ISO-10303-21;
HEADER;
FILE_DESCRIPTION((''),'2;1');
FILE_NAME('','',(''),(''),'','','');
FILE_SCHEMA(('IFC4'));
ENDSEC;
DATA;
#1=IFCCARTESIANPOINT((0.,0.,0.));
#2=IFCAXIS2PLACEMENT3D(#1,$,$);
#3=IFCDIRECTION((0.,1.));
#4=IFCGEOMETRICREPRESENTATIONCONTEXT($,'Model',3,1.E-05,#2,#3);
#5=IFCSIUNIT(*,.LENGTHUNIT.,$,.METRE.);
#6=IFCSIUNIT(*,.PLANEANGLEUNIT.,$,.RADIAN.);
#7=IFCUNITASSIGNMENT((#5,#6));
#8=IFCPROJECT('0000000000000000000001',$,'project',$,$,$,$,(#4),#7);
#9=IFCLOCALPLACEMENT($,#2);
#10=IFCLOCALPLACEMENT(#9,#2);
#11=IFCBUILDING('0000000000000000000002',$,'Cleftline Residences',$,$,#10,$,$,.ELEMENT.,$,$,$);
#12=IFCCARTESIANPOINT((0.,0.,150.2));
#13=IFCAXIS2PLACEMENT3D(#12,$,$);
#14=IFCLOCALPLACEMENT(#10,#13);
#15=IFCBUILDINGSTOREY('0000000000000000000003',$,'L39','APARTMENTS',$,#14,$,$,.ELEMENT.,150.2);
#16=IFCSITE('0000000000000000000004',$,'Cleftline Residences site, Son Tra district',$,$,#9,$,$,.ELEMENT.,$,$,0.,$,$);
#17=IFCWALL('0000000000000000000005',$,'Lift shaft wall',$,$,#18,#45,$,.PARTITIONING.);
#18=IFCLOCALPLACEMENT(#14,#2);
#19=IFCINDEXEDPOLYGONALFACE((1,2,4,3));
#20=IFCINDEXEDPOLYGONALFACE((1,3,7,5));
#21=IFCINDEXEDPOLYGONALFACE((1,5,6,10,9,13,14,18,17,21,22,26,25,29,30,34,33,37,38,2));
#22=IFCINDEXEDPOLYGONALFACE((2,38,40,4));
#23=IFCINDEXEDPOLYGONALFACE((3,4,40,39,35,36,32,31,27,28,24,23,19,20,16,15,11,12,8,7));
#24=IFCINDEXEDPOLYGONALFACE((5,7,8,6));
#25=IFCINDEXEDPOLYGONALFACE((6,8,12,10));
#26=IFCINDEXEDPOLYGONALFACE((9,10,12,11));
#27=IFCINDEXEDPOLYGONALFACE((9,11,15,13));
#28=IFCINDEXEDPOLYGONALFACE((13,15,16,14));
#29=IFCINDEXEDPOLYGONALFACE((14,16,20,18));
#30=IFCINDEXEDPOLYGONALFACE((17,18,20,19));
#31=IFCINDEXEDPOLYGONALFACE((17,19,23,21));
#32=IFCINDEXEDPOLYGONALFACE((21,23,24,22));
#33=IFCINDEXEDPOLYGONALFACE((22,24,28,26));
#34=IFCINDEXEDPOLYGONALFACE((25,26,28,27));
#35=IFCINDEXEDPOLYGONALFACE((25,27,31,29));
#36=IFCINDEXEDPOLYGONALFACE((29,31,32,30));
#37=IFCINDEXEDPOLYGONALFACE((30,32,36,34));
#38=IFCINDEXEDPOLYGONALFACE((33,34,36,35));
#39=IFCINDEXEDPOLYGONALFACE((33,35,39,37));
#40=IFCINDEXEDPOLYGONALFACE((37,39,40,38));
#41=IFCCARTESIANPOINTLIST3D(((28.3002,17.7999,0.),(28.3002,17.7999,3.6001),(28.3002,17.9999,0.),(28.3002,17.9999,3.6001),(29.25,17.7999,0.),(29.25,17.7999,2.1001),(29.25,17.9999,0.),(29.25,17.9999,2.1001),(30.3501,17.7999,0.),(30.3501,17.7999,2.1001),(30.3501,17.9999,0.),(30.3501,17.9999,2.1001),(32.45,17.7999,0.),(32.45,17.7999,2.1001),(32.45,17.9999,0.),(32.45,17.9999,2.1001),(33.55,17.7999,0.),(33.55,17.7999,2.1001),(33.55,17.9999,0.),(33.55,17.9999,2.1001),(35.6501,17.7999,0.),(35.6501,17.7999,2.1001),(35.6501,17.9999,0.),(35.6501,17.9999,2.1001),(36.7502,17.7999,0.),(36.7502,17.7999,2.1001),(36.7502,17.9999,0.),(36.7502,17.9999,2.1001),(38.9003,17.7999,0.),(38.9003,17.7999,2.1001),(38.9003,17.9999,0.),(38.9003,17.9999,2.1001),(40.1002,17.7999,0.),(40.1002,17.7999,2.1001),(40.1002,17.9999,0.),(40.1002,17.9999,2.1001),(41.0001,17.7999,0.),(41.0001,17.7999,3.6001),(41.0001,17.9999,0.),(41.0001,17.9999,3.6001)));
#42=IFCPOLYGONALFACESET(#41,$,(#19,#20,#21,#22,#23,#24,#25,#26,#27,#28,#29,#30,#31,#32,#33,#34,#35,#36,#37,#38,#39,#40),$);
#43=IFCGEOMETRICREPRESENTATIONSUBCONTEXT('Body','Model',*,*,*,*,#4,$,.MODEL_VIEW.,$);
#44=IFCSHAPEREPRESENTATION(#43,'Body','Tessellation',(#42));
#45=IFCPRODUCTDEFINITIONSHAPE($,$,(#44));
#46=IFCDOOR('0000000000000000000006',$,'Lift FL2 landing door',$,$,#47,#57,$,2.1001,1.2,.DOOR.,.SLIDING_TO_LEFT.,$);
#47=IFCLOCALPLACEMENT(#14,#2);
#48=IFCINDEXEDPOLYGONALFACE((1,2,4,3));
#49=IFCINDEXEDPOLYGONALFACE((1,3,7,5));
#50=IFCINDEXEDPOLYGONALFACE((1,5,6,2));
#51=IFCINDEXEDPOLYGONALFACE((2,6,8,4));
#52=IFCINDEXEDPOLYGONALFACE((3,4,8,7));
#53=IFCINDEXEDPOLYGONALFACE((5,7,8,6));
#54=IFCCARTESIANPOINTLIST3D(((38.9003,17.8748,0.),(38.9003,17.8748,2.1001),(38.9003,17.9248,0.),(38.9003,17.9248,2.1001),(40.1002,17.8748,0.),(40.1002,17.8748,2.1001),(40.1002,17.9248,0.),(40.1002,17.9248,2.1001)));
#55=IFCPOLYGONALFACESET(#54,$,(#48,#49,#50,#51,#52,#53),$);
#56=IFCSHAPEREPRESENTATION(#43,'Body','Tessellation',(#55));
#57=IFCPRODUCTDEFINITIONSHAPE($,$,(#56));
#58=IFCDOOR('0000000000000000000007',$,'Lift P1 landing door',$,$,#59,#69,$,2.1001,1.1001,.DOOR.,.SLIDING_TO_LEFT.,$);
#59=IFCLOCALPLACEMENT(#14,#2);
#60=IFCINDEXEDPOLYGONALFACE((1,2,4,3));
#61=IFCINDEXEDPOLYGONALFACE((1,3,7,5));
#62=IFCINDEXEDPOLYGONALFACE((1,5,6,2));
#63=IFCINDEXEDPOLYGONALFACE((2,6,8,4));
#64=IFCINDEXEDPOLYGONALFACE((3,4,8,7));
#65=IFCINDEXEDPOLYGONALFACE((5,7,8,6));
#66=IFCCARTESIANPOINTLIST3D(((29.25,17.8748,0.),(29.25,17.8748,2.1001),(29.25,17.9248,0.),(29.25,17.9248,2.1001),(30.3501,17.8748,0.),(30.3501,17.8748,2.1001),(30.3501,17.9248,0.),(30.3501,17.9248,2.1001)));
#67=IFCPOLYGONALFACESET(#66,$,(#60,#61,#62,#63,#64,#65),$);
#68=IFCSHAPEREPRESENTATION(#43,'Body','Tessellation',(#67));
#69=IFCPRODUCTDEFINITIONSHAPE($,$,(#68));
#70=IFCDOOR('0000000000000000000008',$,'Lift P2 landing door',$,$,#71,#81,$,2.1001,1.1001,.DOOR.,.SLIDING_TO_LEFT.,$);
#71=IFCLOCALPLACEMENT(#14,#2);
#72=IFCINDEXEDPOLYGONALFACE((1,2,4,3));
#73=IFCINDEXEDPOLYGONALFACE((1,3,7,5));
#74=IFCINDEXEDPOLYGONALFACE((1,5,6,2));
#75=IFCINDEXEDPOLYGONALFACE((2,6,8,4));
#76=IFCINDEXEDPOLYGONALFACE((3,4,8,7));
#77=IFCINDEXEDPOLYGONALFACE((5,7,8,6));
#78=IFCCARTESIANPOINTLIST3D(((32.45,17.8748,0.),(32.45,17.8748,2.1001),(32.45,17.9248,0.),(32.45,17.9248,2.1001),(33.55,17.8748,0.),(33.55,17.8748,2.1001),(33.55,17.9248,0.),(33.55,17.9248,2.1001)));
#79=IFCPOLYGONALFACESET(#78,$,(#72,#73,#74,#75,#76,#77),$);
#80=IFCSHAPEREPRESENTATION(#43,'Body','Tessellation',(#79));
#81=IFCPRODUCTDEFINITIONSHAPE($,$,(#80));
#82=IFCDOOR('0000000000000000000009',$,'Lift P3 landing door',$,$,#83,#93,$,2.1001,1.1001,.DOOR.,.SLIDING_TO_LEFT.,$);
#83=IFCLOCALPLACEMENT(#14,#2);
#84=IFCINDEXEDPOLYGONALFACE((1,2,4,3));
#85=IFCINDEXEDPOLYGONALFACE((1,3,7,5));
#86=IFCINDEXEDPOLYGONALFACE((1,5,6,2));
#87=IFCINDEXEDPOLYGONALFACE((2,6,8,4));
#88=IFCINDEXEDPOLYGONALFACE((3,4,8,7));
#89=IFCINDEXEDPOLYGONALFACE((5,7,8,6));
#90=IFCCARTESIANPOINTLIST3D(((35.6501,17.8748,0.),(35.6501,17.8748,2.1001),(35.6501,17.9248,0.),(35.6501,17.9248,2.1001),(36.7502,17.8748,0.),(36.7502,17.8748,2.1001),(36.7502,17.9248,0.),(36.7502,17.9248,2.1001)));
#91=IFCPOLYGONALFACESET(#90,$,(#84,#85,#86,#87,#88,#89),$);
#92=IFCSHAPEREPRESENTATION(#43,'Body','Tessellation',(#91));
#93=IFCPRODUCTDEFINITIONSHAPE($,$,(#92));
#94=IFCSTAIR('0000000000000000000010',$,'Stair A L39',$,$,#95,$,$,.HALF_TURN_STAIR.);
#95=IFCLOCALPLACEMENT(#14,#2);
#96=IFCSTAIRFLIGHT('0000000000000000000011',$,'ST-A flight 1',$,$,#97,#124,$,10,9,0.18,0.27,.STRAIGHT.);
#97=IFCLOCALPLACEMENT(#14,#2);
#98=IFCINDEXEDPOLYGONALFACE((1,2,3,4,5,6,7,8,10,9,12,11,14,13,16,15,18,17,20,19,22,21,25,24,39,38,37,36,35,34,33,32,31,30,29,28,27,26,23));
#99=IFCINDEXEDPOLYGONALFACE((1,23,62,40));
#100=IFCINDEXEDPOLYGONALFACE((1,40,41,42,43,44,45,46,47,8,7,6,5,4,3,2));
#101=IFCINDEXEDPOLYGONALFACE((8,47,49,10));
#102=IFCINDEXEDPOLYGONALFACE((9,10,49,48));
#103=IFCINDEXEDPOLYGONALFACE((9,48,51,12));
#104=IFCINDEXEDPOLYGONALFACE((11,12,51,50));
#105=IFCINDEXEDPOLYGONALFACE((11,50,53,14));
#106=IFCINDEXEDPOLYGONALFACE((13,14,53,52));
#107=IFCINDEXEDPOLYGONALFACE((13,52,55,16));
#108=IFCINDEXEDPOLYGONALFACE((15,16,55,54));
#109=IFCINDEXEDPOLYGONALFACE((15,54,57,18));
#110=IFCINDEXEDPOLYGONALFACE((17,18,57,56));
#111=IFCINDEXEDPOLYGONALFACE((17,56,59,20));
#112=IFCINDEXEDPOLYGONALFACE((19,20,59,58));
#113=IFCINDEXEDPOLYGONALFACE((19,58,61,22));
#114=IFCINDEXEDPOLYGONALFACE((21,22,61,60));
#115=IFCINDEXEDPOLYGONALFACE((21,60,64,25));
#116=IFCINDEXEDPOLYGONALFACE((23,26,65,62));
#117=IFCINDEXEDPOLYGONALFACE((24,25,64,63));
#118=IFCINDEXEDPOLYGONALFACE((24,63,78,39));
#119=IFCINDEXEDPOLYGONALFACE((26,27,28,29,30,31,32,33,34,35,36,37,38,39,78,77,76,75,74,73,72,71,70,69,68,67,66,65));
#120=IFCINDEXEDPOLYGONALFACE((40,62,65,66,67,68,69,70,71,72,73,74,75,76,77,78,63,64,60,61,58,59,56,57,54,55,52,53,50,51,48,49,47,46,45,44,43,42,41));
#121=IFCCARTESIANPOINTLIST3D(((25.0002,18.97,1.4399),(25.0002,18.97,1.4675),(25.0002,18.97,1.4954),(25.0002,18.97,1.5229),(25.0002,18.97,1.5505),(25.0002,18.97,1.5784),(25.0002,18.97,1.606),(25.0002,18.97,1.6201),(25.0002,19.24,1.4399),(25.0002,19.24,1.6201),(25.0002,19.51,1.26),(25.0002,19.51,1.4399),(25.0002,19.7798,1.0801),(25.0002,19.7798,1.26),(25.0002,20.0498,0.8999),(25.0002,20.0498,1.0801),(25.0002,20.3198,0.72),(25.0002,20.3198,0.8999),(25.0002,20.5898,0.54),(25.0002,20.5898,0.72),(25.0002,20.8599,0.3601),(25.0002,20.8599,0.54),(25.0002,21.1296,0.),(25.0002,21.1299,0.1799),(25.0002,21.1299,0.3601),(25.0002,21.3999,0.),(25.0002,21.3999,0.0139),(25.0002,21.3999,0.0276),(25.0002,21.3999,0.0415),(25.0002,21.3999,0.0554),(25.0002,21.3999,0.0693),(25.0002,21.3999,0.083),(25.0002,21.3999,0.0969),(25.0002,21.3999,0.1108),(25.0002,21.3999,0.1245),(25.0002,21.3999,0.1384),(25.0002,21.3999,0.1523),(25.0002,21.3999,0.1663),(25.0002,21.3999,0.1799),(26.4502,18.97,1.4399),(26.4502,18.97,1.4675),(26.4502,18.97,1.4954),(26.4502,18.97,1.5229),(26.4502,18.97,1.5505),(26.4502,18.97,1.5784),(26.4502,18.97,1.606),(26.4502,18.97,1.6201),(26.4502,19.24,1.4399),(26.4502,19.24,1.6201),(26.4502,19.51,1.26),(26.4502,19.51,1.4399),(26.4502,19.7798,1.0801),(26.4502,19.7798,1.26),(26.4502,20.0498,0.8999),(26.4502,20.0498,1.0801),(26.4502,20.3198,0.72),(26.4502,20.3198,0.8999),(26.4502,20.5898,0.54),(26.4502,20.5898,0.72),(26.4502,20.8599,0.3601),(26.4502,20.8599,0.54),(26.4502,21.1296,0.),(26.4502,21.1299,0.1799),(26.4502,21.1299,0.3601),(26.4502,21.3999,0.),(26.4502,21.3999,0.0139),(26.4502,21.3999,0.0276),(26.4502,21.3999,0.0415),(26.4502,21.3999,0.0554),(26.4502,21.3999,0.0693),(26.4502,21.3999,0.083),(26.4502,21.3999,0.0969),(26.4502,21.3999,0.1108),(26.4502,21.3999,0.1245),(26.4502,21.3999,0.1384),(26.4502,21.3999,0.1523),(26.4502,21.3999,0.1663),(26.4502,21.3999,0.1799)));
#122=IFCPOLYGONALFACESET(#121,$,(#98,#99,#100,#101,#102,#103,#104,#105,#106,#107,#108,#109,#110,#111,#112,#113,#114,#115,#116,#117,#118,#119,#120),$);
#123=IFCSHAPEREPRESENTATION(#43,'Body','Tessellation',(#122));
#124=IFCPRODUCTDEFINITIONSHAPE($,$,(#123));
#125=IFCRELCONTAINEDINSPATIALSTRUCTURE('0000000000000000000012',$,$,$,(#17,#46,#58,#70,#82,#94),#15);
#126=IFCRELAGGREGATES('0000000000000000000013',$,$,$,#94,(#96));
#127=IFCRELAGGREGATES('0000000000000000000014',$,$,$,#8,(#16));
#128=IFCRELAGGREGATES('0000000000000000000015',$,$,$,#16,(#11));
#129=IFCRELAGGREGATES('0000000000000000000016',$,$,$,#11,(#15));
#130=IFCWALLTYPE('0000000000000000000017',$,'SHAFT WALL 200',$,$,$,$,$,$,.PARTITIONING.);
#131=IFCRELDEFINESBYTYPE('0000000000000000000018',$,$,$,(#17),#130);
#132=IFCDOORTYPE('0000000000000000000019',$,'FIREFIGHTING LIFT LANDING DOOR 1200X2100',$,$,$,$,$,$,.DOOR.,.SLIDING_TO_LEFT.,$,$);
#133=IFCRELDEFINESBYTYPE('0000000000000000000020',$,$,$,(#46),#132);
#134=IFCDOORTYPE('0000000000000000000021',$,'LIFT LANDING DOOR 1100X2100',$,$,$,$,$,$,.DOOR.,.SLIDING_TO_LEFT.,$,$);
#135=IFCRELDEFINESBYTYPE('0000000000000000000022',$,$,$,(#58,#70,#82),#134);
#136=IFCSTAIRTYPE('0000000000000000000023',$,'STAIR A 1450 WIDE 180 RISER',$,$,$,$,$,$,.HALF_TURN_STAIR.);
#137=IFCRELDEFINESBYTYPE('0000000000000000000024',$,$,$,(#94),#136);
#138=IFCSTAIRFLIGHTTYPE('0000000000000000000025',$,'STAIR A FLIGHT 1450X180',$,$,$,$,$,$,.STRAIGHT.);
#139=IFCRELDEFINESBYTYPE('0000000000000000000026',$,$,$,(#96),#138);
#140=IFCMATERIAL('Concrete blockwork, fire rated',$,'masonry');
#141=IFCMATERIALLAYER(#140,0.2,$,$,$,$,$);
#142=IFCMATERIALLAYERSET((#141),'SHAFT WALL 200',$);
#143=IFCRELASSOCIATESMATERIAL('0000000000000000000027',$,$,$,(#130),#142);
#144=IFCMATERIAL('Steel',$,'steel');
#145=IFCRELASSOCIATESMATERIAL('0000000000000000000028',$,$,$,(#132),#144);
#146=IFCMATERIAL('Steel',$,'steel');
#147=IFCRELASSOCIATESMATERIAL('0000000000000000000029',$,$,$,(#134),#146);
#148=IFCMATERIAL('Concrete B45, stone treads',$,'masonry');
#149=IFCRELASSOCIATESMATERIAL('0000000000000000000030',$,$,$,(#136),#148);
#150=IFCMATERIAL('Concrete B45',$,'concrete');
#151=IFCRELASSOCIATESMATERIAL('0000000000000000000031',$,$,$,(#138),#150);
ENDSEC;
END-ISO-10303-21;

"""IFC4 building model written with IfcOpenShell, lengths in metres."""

from ifc_helpers import new_model, si_unit, direction, frame, frame_2d, origin, place, context, subcontext, project, spatial, polyline, rectangle, outline, extrude, material, layer, layer_set, type_object, element, fill, aggregate, save


model = new_model("IFC4")

# Units and contexts
model_context = context("Model", 3, precision=1e-05, world=origin(), true_north=direction((0.0, 1.0)))
body_context = subcontext(model_context, "Body", "Model", "MODEL_VIEW")
ifc_project = project(units=[si_unit("LENGTHUNIT", "METRE"), si_unit("PLANEANGLEUNIT", "RADIAN")], contexts=[model_context])

# Site, building, storey
site_placement = place(None, origin())
site = spatial("IfcSite", under=ifc_project, at=site_placement, Name="Cleftline Residences site, Son Tra district", CompositionType="ELEMENT", RefElevation=0.0)
building_placement = place(site_placement, origin())
building = spatial("IfcBuilding", under=site, at=building_placement, Name="Cleftline Residences", CompositionType="ELEMENT")
storey_placement = place(building_placement, frame((0.0, 0.0, 150.2)))
storey = spatial("IfcBuildingStorey", under=building, at=storey_placement, Name="L39", Description="APARTMENTS", CompositionType="ELEMENT", Elevation=150.2)

# Wall, openings, doors
ifc_material_1 = material(Name="Concrete blockwork, fire rated", Category="masonry")
ifc_layer_1 = layer(ifc_material_1, 0.2)
ifc_layer_set_1 = layer_set([ifc_layer_1], Name="SHAFT WALL 200")
wall_type_1 = type_object("IfcWallType", Name="SHAFT WALL 200", PredefinedType="PARTITIONING", material=ifc_layer_set_1)
wall_1_placement = place(storey_placement, frame((28.3, 17.8999, 0.0), z_axis=(0.0, 0.0, 1.0), x_axis=(1.0, 0.0, 0.0)))
wall_1 = element("IfcWall", 1, at=wall_1_placement, inside=storey, type_object=wall_type_1, Name="Lift shaft wall", PredefinedType="PARTITIONING", context=body_context, shape_type="SweptSolid", body=[
    extrude(rectangle(XDim=12.7, YDim=0.2, at=frame_2d((6.3501, 0.0))), origin(), (0.0, 0.0, 1.0), 3.6001),
])
opening_1_placement = place(wall_1_placement, frame((0.95, 0.0, 0.0)))
opening_1 = element("IfcOpeningElement", 2, at=opening_1_placement, cuts=wall_1, PredefinedType="OPENING", context=body_context, shape_type="SweptSolid", body=[
    extrude(rectangle(XDim=1.1001, YDim=2.1001, at=frame_2d((0.55, 1.05))), frame((0.0, 0.1099, 0.0), z_axis=(0.0, -1.0, 0.0), x_axis=(1.0, 0.0, 0.0)), (0.0, 0.0, 1.0), 0.22),
])
opening_2_placement = place(wall_1_placement, frame((4.1499, 0.0, 0.0)))
opening_2 = element("IfcOpeningElement", 3, at=opening_2_placement, cuts=wall_1, PredefinedType="OPENING", context=body_context, shape_type="SweptSolid", body=[
    extrude(rectangle(XDim=1.1001, YDim=2.1001, at=frame_2d((0.55, 1.05))), frame((0.0, 0.1099, 0.0), z_axis=(0.0, -1.0, 0.0), x_axis=(1.0, 0.0, 0.0)), (0.0, 0.0, 1.0), 0.22),
])
opening_3_placement = place(wall_1_placement, frame((7.3501, 0.0, 0.0)))
opening_3 = element("IfcOpeningElement", 4, at=opening_3_placement, cuts=wall_1, PredefinedType="OPENING", context=body_context, shape_type="SweptSolid", body=[
    extrude(rectangle(XDim=1.1001, YDim=2.1001, at=frame_2d((0.55, 1.05))), frame((0.0, 0.1099, 0.0), z_axis=(0.0, -1.0, 0.0), x_axis=(1.0, 0.0, 0.0)), (0.0, 0.0, 1.0), 0.22),
])
opening_4_placement = place(wall_1_placement, frame((10.6001, 0.0, 0.0)))
opening_4 = element("IfcOpeningElement", 5, at=opening_4_placement, cuts=wall_1, PredefinedType="OPENING", context=body_context, shape_type="SweptSolid", body=[
    extrude(rectangle(XDim=1.2, YDim=2.1001, at=frame_2d((0.6001, 1.05))), frame((0.0, 0.1099, 0.0), z_axis=(0.0, -1.0, 0.0), x_axis=(1.0, 0.0, 0.0)), (0.0, 0.0, 1.0), 0.22),
])
ifc_material_2 = material(Name="Steel", Category="steel")
door_type_1 = type_object("IfcDoorType", Name="FIREFIGHTING LIFT LANDING DOOR 1200X2100", OperationType="SLIDING_TO_LEFT", PredefinedType="DOOR", material=ifc_material_2)
door_1_placement = place(opening_4_placement, origin())
door_1 = element("IfcDoor", 6, at=door_1_placement, inside=storey, type_object=door_type_1, Name="Lift FL2 landing door", OperationType="SLIDING_TO_LEFT", OverallHeight=2.1001, OverallWidth=1.2, PredefinedType="DOOR", context=body_context, shape_type="SweptSolid", body=[
    extrude(rectangle(XDim=1.2, YDim=2.1001, at=frame_2d((0.6001, 1.05))), frame((0.0, 0.0249, 0.0), z_axis=(0.0, -1.0, 0.0), x_axis=(1.0, 0.0, 0.0)), (0.0, 0.0, 1.0), 0.05),
])
fill(opening_4, door_1)
ifc_material_3 = material(Name="Steel", Category="steel")
door_type_2 = type_object("IfcDoorType", Name="LIFT LANDING DOOR 1100X2100", OperationType="SLIDING_TO_LEFT", PredefinedType="DOOR", material=ifc_material_3)
door_2_placement = place(opening_1_placement, origin())
door_2 = element("IfcDoor", 7, at=door_2_placement, inside=storey, type_object=door_type_2, Name="Lift P1 landing door", OperationType="SLIDING_TO_LEFT", OverallHeight=2.1001, OverallWidth=1.1001, PredefinedType="DOOR", context=body_context, shape_type="SweptSolid", body=[
    extrude(rectangle(XDim=1.1001, YDim=2.1001, at=frame_2d((0.55, 1.05))), frame((0.0, 0.0249, 0.0), z_axis=(0.0, -1.0, 0.0), x_axis=(1.0, 0.0, 0.0)), (0.0, 0.0, 1.0), 0.05),
])
fill(opening_1, door_2)
door_3_placement = place(opening_2_placement, origin())
door_3 = element("IfcDoor", 8, at=door_3_placement, inside=storey, type_object=door_type_2, Name="Lift P2 landing door", OperationType="SLIDING_TO_LEFT", OverallHeight=2.1001, OverallWidth=1.1001, PredefinedType="DOOR", context=body_context, shape_type="SweptSolid", body=[
    extrude(rectangle(XDim=1.1001, YDim=2.1001, at=frame_2d((0.55, 1.05))), frame((0.0, 0.0249, 0.0), z_axis=(0.0, -1.0, 0.0), x_axis=(1.0, 0.0, 0.0)), (0.0, 0.0, 1.0), 0.05),
])
fill(opening_2, door_3)
door_4_placement = place(opening_3_placement, origin())
door_4 = element("IfcDoor", 9, at=door_4_placement, inside=storey, type_object=door_type_2, Name="Lift P3 landing door", OperationType="SLIDING_TO_LEFT", OverallHeight=2.1001, OverallWidth=1.1001, PredefinedType="DOOR", context=body_context, shape_type="SweptSolid", body=[
    extrude(rectangle(XDim=1.1001, YDim=2.1001, at=frame_2d((0.55, 1.05))), frame((0.0, 0.0249, 0.0), z_axis=(0.0, -1.0, 0.0), x_axis=(1.0, 0.0, 0.0)), (0.0, 0.0, 1.0), 0.05),
])
fill(opening_3, door_4)

# Stair, stair flight
ifc_material_4 = material(Name="Concrete B45, stone treads", Category="masonry")
stair_type = type_object("IfcStairType", Name="STAIR A 1450 WIDE 180 RISER", PredefinedType="HALF_TURN_STAIR", material=ifc_material_4)
stair_placement = place(storey_placement, origin())
stair = element("IfcStair", 10, at=stair_placement, inside=storey, type_object=stair_type, Name="Stair A L39", PredefinedType="HALF_TURN_STAIR")
ifc_material_5 = material(Name="Concrete B45", Category="concrete")
stair_flight_type = type_object("IfcStairFlightType", Name="STAIR A FLIGHT 1450X180", PredefinedType="STRAIGHT", material=ifc_material_5)
stair_flight_1_placement = place(storey_placement, frame((25.7251, 21.3999, 0.0), z_axis=(0.0, 0.0, 1.0), x_axis=(0.0, -1.0, 0.0)))
stair_flight_1 = element("IfcStairFlight", 11, at=stair_flight_1_placement, type_object=stair_flight_type, Name="ST-A flight 1", NumberOfRisers=10, NumberOfTreads=9, PredefinedType="STRAIGHT", RiserHeight=0.18, TreadLength=0.27, context=body_context, shape_type="SweptSolid", body=[
    extrude(outline(polyline([(0.0, 0.0), (0.0, 0.0139), (0.0, 0.0276), (0.0, 0.0415), (0.0, 0.0554), (0.0, 0.0693), (0.0, 0.083), (0.0, 0.0969), (0.0, 0.1108), (0.0, 0.1245), (0.0, 0.1384), (0.0, 0.1523), (0.0, 0.1663), (0.0, 0.1799), (0.27, 0.1799), (0.27, 0.3601), (0.54, 0.3601), (0.54, 0.54), (0.8101, 0.54), (0.8101, 0.72), (1.0801, 0.72), (1.0801, 0.8999), (1.3501, 0.8999), (1.3501, 1.0801), (1.6201, 1.0801), (1.6201, 1.26), (1.8899, 1.26), (1.8899, 1.4399), (2.1599, 1.4399), (2.1599, 1.6201), (2.4299, 1.6201), (2.4299, 1.8), (2.4299, 1.7722), (2.4299, 1.7446), (2.4299, 1.7168), (2.4299, 1.6892), (2.4299, 1.6614), (2.4299, 1.6338), (2.4299, 1.606), (2.4299, 1.5784), (2.4299, 1.5505), (2.4299, 1.5229), (2.4299, 1.4954), (2.4299, 1.4675), (2.4299, 1.4399), (0.2703, 0.0), (0.0, 0.0)])), frame((0.0, 0.7251, 0.0), z_axis=(0.0, -1.0, 0.0), x_axis=(1.0, 0.0, 0.0)), (0.0, 0.0, 1.0), 1.45),
])
aggregate(stair, [stair_flight_1])

save(model, "model.ifc")
